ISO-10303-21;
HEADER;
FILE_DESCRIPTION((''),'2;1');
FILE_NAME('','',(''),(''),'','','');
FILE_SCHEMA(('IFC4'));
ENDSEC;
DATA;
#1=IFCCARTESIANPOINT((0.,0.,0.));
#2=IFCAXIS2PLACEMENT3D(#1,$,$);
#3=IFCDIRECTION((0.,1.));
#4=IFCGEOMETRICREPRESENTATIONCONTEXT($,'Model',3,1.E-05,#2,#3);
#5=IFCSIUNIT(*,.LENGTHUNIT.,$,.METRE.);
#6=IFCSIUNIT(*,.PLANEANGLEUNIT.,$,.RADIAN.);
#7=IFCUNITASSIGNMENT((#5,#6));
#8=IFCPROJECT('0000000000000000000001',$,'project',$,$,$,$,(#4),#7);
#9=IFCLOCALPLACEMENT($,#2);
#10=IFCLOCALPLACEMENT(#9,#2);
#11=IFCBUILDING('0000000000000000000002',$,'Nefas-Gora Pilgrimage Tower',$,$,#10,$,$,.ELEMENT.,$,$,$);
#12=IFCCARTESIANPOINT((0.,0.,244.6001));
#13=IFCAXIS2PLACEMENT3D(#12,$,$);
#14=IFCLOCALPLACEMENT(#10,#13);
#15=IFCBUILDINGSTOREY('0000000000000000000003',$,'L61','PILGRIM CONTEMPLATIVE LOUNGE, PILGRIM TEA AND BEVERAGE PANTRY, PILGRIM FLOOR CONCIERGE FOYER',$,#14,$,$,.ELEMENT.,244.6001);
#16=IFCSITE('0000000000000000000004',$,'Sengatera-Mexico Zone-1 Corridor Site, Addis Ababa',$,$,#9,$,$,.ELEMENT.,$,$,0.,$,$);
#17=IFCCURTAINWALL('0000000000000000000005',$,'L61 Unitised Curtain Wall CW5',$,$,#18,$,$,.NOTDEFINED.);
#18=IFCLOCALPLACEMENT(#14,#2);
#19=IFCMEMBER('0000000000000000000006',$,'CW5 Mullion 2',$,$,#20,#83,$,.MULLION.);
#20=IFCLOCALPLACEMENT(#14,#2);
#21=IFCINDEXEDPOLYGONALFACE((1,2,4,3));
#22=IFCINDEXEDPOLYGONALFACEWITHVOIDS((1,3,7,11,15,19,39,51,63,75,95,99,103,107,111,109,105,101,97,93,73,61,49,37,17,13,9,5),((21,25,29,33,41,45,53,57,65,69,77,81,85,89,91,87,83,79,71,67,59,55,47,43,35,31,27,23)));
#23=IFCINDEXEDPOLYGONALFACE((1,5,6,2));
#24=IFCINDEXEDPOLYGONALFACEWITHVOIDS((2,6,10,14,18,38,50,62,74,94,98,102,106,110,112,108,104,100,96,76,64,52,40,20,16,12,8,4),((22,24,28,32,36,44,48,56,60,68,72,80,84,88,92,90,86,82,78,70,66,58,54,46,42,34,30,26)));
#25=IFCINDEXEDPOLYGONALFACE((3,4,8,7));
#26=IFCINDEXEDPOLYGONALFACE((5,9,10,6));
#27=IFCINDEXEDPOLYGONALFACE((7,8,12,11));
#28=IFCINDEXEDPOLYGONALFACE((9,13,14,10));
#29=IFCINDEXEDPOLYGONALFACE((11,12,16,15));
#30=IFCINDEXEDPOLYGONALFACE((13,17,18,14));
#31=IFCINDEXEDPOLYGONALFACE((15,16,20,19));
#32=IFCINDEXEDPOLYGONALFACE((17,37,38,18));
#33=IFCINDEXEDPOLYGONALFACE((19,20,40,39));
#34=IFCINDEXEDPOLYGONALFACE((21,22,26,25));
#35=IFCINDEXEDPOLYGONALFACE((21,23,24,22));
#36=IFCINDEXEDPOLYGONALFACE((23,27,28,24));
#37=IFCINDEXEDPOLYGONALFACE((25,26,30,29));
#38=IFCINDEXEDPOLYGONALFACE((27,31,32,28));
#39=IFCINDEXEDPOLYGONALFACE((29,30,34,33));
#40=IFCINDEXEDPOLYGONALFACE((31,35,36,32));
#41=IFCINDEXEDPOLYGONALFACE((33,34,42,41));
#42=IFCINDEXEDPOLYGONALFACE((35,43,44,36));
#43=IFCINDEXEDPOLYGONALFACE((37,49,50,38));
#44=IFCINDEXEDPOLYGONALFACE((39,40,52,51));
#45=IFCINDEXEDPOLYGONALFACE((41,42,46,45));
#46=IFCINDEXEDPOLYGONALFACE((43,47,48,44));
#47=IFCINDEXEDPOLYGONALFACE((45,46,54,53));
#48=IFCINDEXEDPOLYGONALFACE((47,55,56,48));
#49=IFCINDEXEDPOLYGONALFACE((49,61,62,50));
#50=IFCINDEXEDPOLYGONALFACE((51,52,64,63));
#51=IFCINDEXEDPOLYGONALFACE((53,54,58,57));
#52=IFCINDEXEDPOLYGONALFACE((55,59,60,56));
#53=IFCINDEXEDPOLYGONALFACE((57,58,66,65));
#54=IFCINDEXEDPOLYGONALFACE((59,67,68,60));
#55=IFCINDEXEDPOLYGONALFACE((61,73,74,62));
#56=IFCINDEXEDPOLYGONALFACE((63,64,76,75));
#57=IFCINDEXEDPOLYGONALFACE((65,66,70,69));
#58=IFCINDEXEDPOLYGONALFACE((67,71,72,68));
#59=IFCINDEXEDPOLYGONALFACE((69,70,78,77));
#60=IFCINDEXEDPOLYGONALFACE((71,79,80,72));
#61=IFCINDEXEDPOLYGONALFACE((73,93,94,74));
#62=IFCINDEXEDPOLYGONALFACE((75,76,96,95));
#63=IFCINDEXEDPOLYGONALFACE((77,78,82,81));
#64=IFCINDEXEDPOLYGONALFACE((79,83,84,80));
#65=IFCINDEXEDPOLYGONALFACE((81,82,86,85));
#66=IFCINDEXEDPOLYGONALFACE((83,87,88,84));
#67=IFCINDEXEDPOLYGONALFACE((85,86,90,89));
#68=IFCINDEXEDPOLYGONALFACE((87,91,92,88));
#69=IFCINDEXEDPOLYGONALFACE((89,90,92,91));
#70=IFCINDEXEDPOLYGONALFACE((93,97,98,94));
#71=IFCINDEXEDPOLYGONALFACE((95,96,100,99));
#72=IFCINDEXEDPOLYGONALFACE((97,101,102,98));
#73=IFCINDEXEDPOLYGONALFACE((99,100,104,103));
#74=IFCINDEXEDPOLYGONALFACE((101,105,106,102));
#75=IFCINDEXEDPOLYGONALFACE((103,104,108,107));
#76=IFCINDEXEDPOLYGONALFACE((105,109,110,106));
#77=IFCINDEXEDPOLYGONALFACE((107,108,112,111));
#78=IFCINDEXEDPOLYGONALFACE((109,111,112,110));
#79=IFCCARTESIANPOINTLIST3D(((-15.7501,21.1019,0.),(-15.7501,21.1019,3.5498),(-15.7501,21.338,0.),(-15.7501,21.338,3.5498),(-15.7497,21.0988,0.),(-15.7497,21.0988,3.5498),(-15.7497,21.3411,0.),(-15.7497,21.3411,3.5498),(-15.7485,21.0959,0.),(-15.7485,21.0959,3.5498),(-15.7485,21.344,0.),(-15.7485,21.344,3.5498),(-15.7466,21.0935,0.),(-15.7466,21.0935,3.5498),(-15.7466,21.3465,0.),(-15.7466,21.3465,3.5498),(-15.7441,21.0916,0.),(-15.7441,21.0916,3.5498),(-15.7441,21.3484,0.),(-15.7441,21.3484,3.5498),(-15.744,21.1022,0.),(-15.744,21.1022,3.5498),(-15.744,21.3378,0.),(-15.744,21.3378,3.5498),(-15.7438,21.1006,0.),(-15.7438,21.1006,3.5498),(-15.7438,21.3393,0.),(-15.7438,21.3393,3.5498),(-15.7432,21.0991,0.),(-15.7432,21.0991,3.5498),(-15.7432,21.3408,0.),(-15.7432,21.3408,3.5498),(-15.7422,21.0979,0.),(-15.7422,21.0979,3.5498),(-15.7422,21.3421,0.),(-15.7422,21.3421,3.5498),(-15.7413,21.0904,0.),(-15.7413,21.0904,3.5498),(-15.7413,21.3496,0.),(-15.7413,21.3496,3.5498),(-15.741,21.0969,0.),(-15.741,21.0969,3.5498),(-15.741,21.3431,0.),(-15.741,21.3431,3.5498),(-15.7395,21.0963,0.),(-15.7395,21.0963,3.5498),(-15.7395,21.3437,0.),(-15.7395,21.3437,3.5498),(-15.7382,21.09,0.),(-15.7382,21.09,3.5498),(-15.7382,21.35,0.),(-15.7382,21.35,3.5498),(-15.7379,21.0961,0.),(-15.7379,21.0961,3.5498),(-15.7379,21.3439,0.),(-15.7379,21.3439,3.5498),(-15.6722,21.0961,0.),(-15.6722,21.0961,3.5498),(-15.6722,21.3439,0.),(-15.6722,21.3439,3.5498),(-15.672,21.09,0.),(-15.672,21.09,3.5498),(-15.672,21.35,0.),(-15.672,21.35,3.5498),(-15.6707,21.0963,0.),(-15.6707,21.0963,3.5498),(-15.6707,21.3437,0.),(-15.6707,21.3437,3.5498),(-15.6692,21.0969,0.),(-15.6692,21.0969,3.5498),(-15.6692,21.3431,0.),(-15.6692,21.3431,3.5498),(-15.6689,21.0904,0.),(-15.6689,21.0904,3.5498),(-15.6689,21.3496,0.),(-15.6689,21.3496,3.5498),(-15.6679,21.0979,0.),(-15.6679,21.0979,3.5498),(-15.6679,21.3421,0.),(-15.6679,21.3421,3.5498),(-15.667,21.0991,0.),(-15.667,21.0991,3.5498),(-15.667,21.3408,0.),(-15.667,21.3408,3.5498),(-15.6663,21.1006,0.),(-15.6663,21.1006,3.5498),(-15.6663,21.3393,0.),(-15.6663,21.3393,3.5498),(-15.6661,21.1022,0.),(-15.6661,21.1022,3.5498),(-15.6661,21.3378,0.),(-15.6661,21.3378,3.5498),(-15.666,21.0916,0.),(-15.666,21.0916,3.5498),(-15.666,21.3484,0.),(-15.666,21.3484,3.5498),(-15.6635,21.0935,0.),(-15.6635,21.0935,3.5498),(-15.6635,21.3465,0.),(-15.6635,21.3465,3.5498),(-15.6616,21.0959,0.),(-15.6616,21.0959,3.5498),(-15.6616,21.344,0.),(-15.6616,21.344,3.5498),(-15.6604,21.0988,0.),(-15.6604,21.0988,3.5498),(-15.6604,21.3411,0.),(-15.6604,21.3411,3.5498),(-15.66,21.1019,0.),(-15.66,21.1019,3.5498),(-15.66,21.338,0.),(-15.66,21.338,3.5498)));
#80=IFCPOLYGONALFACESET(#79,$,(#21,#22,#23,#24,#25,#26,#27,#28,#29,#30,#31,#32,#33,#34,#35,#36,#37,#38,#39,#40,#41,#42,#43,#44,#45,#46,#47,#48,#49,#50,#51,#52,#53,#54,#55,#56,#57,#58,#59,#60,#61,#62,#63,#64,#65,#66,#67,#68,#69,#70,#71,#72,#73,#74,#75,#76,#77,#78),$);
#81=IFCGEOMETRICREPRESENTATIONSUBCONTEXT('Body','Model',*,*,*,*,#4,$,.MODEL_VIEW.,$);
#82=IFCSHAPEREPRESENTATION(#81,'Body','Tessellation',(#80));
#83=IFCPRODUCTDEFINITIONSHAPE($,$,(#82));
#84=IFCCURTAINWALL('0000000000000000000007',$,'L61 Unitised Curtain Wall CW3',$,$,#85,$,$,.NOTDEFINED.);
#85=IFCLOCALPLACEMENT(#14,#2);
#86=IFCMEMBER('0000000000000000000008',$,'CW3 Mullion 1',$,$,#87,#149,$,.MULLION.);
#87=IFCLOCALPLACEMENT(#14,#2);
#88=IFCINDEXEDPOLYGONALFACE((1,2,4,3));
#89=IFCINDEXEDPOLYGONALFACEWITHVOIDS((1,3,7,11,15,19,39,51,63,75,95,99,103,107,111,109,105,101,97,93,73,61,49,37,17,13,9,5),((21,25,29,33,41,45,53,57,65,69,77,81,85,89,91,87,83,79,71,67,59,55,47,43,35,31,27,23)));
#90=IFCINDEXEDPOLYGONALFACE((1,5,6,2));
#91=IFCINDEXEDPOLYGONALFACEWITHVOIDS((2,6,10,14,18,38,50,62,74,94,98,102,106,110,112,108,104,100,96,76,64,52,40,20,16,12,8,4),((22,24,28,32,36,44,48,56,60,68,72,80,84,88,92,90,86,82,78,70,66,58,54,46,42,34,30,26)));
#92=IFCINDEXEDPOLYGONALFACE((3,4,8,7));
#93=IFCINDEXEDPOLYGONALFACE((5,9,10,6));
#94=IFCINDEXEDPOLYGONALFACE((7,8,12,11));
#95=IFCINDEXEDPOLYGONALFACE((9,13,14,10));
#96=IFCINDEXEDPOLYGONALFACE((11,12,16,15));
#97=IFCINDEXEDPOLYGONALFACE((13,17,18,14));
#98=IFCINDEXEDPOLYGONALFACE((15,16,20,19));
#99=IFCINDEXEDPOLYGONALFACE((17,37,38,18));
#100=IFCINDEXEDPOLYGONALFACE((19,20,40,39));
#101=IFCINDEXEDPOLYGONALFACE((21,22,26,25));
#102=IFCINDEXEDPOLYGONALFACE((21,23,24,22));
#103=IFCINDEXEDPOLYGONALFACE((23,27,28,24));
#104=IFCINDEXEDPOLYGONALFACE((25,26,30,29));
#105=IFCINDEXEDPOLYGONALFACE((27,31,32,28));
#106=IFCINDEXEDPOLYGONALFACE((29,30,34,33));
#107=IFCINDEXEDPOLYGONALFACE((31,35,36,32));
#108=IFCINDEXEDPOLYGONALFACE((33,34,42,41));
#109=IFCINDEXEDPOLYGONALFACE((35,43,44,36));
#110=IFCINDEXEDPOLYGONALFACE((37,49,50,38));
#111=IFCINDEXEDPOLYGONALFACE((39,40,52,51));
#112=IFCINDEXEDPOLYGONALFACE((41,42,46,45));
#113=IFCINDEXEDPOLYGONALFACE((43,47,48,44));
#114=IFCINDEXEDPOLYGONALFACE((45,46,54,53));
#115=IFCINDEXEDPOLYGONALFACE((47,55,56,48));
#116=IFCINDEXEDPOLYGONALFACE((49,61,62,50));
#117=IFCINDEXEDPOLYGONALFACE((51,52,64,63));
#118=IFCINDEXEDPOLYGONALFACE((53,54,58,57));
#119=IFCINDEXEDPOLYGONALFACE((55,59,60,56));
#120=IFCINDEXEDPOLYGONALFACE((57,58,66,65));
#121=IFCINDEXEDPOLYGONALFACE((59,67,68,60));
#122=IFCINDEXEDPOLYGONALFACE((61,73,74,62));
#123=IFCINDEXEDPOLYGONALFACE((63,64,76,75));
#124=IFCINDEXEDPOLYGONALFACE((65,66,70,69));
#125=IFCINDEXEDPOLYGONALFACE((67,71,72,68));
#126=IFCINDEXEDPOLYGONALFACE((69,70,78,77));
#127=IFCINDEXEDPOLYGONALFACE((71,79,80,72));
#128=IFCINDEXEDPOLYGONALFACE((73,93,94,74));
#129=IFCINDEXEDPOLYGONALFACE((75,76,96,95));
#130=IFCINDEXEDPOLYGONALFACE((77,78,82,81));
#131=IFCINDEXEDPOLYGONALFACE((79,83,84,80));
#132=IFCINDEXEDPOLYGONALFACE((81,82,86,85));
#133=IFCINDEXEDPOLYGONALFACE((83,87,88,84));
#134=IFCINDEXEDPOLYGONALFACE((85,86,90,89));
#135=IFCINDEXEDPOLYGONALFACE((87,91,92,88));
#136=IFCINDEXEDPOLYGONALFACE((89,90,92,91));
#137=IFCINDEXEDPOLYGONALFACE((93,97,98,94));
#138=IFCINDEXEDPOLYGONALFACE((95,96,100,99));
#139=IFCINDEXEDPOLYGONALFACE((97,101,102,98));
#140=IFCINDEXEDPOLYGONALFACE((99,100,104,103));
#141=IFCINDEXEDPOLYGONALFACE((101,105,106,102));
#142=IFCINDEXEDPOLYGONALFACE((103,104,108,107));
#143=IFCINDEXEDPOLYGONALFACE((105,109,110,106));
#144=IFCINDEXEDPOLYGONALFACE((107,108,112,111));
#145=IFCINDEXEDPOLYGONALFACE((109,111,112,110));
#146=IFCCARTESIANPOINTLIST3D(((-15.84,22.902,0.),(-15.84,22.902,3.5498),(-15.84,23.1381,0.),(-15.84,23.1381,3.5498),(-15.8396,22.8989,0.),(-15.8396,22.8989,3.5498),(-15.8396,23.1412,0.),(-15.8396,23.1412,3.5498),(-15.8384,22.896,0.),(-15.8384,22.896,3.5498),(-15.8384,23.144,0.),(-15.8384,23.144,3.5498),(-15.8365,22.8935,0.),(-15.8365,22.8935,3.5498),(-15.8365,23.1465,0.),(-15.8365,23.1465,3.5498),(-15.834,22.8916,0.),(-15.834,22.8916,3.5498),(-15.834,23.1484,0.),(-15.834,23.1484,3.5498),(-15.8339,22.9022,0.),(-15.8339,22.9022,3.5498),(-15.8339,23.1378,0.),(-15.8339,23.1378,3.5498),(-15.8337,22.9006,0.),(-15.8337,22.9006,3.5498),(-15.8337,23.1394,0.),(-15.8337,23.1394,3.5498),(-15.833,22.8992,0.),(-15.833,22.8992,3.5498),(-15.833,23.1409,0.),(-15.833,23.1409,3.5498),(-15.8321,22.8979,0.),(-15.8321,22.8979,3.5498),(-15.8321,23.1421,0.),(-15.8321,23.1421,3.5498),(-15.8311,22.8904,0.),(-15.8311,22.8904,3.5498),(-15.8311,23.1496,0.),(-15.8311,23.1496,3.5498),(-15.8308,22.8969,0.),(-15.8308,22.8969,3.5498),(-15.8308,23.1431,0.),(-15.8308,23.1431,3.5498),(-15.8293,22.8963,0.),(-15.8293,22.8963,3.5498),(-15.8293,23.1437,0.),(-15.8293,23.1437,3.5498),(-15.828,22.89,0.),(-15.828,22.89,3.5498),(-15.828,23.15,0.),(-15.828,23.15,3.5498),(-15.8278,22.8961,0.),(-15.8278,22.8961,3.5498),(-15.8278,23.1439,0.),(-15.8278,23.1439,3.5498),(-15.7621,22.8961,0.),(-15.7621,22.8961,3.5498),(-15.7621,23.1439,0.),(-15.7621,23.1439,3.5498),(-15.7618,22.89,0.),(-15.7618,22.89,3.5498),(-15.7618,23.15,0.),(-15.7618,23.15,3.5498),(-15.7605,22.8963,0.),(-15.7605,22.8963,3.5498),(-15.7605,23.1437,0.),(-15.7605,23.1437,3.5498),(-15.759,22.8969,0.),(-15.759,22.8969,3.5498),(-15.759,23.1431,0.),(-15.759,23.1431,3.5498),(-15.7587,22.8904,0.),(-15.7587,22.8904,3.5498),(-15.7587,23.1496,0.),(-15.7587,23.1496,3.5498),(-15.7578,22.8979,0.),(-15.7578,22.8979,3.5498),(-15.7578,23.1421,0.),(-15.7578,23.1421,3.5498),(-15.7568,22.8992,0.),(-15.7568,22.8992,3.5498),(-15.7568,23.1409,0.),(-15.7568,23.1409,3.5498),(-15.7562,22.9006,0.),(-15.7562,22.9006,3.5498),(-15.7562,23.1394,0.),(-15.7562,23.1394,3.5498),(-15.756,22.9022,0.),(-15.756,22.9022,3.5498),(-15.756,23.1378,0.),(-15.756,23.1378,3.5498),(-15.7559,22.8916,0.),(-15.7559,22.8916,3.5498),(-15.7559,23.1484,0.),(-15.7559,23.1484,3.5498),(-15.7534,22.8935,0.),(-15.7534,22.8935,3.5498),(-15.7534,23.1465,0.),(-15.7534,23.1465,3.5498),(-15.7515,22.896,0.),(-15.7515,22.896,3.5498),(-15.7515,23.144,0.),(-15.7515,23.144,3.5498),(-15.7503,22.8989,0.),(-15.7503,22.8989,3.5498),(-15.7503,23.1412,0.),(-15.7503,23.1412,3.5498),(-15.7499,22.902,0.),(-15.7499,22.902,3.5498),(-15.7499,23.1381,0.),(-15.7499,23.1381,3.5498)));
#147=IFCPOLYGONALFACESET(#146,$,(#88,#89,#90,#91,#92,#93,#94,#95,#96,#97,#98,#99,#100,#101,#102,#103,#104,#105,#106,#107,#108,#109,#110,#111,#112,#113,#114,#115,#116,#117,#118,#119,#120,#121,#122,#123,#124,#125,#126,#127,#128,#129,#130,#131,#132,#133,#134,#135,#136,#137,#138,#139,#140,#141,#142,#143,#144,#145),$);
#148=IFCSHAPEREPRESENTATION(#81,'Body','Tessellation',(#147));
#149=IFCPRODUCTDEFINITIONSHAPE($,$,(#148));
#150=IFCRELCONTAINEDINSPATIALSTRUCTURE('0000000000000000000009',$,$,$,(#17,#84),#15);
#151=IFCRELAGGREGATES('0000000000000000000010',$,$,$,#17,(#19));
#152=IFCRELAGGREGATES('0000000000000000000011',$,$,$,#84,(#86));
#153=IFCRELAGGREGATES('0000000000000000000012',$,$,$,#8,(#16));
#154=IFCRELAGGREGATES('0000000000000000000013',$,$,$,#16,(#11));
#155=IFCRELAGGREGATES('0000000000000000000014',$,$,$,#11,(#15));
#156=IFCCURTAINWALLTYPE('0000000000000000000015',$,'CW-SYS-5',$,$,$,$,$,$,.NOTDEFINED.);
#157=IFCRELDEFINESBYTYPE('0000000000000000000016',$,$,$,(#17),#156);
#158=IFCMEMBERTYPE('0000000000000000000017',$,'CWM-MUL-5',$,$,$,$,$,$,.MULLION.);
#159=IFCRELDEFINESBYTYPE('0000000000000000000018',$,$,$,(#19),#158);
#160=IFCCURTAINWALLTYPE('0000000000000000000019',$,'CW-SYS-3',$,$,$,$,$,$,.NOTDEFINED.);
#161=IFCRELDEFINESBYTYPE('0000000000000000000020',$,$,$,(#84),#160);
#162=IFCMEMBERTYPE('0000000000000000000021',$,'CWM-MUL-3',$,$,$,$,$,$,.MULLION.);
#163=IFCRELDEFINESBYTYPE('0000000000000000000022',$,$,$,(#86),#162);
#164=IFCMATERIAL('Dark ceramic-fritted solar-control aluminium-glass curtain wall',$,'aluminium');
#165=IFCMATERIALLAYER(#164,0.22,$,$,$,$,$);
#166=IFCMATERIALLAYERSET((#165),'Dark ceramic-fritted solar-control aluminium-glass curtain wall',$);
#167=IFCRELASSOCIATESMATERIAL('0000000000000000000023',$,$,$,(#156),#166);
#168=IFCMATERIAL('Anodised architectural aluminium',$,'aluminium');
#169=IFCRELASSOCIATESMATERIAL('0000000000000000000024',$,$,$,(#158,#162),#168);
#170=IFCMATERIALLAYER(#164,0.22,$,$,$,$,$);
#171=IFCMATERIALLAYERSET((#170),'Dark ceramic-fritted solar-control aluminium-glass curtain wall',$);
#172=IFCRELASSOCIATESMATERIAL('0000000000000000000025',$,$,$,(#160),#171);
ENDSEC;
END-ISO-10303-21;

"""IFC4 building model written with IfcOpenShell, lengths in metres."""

from ifc_helpers import new_model, si_unit, direction, frame, origin, origin_2d, place, context, subcontext, project, spatial, hollow_rectangle, extrude, source, transform, mapped, material, layer, layer_set, material_profile, profile_set, type_object, element, aggregate, save


model = new_model("IFC4")

# Units and contexts
model_context = context("Model", 3, precision=1e-05, world=origin(), true_north=direction((0.0, 1.0)))
body_context = subcontext(model_context, "Body", "Model", "MODEL_VIEW")
ifc_project = project(units=[si_unit("LENGTHUNIT", "METRE"), si_unit("PLANEANGLEUNIT", "RADIAN")], contexts=[model_context])

# Site, building, storey
site_placement = place(None, origin())
site = spatial("IfcSite", under=ifc_project, at=site_placement, Name="Sengatera-Mexico Zone-1 Corridor Site, Addis Ababa", CompositionType="ELEMENT", RefElevation=0.0)
building_placement = place(site_placement, origin())
building = spatial("IfcBuilding", under=site, at=building_placement, Name="Nefas-Gora Pilgrimage Tower", CompositionType="ELEMENT")
storey_placement = place(building_placement, frame((0.0, 0.0, 244.6001)))
storey = spatial("IfcBuildingStorey", under=building, at=storey_placement, Name="L61", Description="PILGRIM CONTEMPLATIVE LOUNGE, PILGRIM TEA AND BEVERAGE PANTRY, PILGRIM FLOOR CONCIERGE FOYER", CompositionType="ELEMENT", Elevation=244.6001)

# Curtain walls, members
ifc_material_1 = material(Name="Dark ceramic-fritted solar-control aluminium-glass curtain wall", Category="aluminium")
ifc_layer_1 = layer(ifc_material_1, 0.22)
ifc_layer_set_1 = layer_set([ifc_layer_1], Name="Dark ceramic-fritted solar-control aluminium-glass curtain wall")
curtain_wall_type_1 = type_object("IfcCurtainWallType", Name="CW-SYS-5", PredefinedType="NOTDEFINED", material=ifc_layer_set_1)
curtain_wall_1_placement = place(storey_placement, origin())
curtain_wall_1 = element("IfcCurtainWall", 1, at=curtain_wall_1_placement, inside=storey, type_object=curtain_wall_type_1, Name="L61 Unitised Curtain Wall CW5", PredefinedType="NOTDEFINED")
ifc_material_2 = material(Name="Anodised architectural aluminium", Category="aluminium")
ifc_material_profile_1 = material_profile(ifc_material_2, hollow_rectangle(XDim=0.0901, YDim=0.26, WallThickness=0.0061, InnerFilletRadius=0.0061, OuterFilletRadius=0.012, at=origin_2d()), Name="ALU MULLION 90x260")
ifc_profile_set_1 = profile_set([ifc_material_profile_1], Name="Anodised architectural aluminium")
member_type_1 = type_object("IfcMemberType", Name="CWM-MUL-5", PredefinedType="MULLION", material=ifc_profile_set_1)
shared_shape_1 = source(origin(), body_context, "Body", "SweptSolid", [
    extrude(hollow_rectangle(XDim=0.0901, YDim=0.26, WallThickness=0.0061, InnerFilletRadius=0.0061, OuterFilletRadius=0.012, at=origin_2d()), origin(), (0.0, 0.0, 1.0), 3.5498),
])
member_1_placement = place(storey_placement, frame((-15.7051, 21.22, 0.0), z_axis=(0.0, 0.0, 1.0), x_axis=(-1.0, 0.0, 0.0)))
member_1 = element("IfcMember", 2, at=member_1_placement, type_object=member_type_1, Name="CW5 Mullion 2", PredefinedType="MULLION", context=body_context, shape_type="MappedRepresentation", body=[
    mapped(shared_shape_1, transform((0.0, 0.0, 0.0), x_axis=(1.0, 0.0, 0.0), y_axis=(0.0, 1.0, 0.0), z_axis=(0.0, 0.0, 1.0), scale=1.0)),
])
ifc_layer_2 = layer(ifc_material_1, 0.22)
ifc_layer_set_2 = layer_set([ifc_layer_2], Name="Dark ceramic-fritted solar-control aluminium-glass curtain wall")
curtain_wall_type_2 = type_object("IfcCurtainWallType", Name="CW-SYS-3", PredefinedType="NOTDEFINED", material=ifc_layer_set_2)
curtain_wall_2_placement = place(storey_placement, origin())
curtain_wall_2 = element("IfcCurtainWall", 3, at=curtain_wall_2_placement, inside=storey, type_object=curtain_wall_type_2, Name="L61 Unitised Curtain Wall CW3", PredefinedType="NOTDEFINED")
ifc_material_profile_2 = material_profile(ifc_material_2, hollow_rectangle(XDim=0.0901, YDim=0.26, WallThickness=0.0061, InnerFilletRadius=0.0061, OuterFilletRadius=0.012, at=origin_2d()), Name="ALU MULLION 90x260")
ifc_profile_set_2 = profile_set([ifc_material_profile_2], Name="Anodised architectural aluminium")
member_type_2 = type_object("IfcMemberType", Name="CWM-MUL-3", PredefinedType="MULLION", material=ifc_profile_set_2)
shared_shape_2 = source(origin(), body_context, "Body", "SweptSolid", [
    extrude(hollow_rectangle(XDim=0.0901, YDim=0.26, WallThickness=0.0061, InnerFilletRadius=0.0061, OuterFilletRadius=0.012, at=origin_2d()), origin(), (0.0, 0.0, 1.0), 3.5498),
])
member_2_placement = place(storey_placement, frame((-15.7949, 23.02, 0.0), z_axis=(0.0, 0.0, 1.0), x_axis=(-1.0, 0.0, 0.0)))
member_2 = element("IfcMember", 4, at=member_2_placement, type_object=member_type_2, Name="CW3 Mullion 1", PredefinedType="MULLION", context=body_context, shape_type="MappedRepresentation", body=[
    mapped(shared_shape_2, transform((0.0, 0.0, 0.0), x_axis=(1.0, 0.0, 0.0), y_axis=(0.0, 1.0, 0.0), z_axis=(0.0, 0.0, 1.0), scale=1.0)),
])

aggregate(curtain_wall_1, [member_1])
aggregate(curtain_wall_2, [member_2])

save(model, "model.ifc")
